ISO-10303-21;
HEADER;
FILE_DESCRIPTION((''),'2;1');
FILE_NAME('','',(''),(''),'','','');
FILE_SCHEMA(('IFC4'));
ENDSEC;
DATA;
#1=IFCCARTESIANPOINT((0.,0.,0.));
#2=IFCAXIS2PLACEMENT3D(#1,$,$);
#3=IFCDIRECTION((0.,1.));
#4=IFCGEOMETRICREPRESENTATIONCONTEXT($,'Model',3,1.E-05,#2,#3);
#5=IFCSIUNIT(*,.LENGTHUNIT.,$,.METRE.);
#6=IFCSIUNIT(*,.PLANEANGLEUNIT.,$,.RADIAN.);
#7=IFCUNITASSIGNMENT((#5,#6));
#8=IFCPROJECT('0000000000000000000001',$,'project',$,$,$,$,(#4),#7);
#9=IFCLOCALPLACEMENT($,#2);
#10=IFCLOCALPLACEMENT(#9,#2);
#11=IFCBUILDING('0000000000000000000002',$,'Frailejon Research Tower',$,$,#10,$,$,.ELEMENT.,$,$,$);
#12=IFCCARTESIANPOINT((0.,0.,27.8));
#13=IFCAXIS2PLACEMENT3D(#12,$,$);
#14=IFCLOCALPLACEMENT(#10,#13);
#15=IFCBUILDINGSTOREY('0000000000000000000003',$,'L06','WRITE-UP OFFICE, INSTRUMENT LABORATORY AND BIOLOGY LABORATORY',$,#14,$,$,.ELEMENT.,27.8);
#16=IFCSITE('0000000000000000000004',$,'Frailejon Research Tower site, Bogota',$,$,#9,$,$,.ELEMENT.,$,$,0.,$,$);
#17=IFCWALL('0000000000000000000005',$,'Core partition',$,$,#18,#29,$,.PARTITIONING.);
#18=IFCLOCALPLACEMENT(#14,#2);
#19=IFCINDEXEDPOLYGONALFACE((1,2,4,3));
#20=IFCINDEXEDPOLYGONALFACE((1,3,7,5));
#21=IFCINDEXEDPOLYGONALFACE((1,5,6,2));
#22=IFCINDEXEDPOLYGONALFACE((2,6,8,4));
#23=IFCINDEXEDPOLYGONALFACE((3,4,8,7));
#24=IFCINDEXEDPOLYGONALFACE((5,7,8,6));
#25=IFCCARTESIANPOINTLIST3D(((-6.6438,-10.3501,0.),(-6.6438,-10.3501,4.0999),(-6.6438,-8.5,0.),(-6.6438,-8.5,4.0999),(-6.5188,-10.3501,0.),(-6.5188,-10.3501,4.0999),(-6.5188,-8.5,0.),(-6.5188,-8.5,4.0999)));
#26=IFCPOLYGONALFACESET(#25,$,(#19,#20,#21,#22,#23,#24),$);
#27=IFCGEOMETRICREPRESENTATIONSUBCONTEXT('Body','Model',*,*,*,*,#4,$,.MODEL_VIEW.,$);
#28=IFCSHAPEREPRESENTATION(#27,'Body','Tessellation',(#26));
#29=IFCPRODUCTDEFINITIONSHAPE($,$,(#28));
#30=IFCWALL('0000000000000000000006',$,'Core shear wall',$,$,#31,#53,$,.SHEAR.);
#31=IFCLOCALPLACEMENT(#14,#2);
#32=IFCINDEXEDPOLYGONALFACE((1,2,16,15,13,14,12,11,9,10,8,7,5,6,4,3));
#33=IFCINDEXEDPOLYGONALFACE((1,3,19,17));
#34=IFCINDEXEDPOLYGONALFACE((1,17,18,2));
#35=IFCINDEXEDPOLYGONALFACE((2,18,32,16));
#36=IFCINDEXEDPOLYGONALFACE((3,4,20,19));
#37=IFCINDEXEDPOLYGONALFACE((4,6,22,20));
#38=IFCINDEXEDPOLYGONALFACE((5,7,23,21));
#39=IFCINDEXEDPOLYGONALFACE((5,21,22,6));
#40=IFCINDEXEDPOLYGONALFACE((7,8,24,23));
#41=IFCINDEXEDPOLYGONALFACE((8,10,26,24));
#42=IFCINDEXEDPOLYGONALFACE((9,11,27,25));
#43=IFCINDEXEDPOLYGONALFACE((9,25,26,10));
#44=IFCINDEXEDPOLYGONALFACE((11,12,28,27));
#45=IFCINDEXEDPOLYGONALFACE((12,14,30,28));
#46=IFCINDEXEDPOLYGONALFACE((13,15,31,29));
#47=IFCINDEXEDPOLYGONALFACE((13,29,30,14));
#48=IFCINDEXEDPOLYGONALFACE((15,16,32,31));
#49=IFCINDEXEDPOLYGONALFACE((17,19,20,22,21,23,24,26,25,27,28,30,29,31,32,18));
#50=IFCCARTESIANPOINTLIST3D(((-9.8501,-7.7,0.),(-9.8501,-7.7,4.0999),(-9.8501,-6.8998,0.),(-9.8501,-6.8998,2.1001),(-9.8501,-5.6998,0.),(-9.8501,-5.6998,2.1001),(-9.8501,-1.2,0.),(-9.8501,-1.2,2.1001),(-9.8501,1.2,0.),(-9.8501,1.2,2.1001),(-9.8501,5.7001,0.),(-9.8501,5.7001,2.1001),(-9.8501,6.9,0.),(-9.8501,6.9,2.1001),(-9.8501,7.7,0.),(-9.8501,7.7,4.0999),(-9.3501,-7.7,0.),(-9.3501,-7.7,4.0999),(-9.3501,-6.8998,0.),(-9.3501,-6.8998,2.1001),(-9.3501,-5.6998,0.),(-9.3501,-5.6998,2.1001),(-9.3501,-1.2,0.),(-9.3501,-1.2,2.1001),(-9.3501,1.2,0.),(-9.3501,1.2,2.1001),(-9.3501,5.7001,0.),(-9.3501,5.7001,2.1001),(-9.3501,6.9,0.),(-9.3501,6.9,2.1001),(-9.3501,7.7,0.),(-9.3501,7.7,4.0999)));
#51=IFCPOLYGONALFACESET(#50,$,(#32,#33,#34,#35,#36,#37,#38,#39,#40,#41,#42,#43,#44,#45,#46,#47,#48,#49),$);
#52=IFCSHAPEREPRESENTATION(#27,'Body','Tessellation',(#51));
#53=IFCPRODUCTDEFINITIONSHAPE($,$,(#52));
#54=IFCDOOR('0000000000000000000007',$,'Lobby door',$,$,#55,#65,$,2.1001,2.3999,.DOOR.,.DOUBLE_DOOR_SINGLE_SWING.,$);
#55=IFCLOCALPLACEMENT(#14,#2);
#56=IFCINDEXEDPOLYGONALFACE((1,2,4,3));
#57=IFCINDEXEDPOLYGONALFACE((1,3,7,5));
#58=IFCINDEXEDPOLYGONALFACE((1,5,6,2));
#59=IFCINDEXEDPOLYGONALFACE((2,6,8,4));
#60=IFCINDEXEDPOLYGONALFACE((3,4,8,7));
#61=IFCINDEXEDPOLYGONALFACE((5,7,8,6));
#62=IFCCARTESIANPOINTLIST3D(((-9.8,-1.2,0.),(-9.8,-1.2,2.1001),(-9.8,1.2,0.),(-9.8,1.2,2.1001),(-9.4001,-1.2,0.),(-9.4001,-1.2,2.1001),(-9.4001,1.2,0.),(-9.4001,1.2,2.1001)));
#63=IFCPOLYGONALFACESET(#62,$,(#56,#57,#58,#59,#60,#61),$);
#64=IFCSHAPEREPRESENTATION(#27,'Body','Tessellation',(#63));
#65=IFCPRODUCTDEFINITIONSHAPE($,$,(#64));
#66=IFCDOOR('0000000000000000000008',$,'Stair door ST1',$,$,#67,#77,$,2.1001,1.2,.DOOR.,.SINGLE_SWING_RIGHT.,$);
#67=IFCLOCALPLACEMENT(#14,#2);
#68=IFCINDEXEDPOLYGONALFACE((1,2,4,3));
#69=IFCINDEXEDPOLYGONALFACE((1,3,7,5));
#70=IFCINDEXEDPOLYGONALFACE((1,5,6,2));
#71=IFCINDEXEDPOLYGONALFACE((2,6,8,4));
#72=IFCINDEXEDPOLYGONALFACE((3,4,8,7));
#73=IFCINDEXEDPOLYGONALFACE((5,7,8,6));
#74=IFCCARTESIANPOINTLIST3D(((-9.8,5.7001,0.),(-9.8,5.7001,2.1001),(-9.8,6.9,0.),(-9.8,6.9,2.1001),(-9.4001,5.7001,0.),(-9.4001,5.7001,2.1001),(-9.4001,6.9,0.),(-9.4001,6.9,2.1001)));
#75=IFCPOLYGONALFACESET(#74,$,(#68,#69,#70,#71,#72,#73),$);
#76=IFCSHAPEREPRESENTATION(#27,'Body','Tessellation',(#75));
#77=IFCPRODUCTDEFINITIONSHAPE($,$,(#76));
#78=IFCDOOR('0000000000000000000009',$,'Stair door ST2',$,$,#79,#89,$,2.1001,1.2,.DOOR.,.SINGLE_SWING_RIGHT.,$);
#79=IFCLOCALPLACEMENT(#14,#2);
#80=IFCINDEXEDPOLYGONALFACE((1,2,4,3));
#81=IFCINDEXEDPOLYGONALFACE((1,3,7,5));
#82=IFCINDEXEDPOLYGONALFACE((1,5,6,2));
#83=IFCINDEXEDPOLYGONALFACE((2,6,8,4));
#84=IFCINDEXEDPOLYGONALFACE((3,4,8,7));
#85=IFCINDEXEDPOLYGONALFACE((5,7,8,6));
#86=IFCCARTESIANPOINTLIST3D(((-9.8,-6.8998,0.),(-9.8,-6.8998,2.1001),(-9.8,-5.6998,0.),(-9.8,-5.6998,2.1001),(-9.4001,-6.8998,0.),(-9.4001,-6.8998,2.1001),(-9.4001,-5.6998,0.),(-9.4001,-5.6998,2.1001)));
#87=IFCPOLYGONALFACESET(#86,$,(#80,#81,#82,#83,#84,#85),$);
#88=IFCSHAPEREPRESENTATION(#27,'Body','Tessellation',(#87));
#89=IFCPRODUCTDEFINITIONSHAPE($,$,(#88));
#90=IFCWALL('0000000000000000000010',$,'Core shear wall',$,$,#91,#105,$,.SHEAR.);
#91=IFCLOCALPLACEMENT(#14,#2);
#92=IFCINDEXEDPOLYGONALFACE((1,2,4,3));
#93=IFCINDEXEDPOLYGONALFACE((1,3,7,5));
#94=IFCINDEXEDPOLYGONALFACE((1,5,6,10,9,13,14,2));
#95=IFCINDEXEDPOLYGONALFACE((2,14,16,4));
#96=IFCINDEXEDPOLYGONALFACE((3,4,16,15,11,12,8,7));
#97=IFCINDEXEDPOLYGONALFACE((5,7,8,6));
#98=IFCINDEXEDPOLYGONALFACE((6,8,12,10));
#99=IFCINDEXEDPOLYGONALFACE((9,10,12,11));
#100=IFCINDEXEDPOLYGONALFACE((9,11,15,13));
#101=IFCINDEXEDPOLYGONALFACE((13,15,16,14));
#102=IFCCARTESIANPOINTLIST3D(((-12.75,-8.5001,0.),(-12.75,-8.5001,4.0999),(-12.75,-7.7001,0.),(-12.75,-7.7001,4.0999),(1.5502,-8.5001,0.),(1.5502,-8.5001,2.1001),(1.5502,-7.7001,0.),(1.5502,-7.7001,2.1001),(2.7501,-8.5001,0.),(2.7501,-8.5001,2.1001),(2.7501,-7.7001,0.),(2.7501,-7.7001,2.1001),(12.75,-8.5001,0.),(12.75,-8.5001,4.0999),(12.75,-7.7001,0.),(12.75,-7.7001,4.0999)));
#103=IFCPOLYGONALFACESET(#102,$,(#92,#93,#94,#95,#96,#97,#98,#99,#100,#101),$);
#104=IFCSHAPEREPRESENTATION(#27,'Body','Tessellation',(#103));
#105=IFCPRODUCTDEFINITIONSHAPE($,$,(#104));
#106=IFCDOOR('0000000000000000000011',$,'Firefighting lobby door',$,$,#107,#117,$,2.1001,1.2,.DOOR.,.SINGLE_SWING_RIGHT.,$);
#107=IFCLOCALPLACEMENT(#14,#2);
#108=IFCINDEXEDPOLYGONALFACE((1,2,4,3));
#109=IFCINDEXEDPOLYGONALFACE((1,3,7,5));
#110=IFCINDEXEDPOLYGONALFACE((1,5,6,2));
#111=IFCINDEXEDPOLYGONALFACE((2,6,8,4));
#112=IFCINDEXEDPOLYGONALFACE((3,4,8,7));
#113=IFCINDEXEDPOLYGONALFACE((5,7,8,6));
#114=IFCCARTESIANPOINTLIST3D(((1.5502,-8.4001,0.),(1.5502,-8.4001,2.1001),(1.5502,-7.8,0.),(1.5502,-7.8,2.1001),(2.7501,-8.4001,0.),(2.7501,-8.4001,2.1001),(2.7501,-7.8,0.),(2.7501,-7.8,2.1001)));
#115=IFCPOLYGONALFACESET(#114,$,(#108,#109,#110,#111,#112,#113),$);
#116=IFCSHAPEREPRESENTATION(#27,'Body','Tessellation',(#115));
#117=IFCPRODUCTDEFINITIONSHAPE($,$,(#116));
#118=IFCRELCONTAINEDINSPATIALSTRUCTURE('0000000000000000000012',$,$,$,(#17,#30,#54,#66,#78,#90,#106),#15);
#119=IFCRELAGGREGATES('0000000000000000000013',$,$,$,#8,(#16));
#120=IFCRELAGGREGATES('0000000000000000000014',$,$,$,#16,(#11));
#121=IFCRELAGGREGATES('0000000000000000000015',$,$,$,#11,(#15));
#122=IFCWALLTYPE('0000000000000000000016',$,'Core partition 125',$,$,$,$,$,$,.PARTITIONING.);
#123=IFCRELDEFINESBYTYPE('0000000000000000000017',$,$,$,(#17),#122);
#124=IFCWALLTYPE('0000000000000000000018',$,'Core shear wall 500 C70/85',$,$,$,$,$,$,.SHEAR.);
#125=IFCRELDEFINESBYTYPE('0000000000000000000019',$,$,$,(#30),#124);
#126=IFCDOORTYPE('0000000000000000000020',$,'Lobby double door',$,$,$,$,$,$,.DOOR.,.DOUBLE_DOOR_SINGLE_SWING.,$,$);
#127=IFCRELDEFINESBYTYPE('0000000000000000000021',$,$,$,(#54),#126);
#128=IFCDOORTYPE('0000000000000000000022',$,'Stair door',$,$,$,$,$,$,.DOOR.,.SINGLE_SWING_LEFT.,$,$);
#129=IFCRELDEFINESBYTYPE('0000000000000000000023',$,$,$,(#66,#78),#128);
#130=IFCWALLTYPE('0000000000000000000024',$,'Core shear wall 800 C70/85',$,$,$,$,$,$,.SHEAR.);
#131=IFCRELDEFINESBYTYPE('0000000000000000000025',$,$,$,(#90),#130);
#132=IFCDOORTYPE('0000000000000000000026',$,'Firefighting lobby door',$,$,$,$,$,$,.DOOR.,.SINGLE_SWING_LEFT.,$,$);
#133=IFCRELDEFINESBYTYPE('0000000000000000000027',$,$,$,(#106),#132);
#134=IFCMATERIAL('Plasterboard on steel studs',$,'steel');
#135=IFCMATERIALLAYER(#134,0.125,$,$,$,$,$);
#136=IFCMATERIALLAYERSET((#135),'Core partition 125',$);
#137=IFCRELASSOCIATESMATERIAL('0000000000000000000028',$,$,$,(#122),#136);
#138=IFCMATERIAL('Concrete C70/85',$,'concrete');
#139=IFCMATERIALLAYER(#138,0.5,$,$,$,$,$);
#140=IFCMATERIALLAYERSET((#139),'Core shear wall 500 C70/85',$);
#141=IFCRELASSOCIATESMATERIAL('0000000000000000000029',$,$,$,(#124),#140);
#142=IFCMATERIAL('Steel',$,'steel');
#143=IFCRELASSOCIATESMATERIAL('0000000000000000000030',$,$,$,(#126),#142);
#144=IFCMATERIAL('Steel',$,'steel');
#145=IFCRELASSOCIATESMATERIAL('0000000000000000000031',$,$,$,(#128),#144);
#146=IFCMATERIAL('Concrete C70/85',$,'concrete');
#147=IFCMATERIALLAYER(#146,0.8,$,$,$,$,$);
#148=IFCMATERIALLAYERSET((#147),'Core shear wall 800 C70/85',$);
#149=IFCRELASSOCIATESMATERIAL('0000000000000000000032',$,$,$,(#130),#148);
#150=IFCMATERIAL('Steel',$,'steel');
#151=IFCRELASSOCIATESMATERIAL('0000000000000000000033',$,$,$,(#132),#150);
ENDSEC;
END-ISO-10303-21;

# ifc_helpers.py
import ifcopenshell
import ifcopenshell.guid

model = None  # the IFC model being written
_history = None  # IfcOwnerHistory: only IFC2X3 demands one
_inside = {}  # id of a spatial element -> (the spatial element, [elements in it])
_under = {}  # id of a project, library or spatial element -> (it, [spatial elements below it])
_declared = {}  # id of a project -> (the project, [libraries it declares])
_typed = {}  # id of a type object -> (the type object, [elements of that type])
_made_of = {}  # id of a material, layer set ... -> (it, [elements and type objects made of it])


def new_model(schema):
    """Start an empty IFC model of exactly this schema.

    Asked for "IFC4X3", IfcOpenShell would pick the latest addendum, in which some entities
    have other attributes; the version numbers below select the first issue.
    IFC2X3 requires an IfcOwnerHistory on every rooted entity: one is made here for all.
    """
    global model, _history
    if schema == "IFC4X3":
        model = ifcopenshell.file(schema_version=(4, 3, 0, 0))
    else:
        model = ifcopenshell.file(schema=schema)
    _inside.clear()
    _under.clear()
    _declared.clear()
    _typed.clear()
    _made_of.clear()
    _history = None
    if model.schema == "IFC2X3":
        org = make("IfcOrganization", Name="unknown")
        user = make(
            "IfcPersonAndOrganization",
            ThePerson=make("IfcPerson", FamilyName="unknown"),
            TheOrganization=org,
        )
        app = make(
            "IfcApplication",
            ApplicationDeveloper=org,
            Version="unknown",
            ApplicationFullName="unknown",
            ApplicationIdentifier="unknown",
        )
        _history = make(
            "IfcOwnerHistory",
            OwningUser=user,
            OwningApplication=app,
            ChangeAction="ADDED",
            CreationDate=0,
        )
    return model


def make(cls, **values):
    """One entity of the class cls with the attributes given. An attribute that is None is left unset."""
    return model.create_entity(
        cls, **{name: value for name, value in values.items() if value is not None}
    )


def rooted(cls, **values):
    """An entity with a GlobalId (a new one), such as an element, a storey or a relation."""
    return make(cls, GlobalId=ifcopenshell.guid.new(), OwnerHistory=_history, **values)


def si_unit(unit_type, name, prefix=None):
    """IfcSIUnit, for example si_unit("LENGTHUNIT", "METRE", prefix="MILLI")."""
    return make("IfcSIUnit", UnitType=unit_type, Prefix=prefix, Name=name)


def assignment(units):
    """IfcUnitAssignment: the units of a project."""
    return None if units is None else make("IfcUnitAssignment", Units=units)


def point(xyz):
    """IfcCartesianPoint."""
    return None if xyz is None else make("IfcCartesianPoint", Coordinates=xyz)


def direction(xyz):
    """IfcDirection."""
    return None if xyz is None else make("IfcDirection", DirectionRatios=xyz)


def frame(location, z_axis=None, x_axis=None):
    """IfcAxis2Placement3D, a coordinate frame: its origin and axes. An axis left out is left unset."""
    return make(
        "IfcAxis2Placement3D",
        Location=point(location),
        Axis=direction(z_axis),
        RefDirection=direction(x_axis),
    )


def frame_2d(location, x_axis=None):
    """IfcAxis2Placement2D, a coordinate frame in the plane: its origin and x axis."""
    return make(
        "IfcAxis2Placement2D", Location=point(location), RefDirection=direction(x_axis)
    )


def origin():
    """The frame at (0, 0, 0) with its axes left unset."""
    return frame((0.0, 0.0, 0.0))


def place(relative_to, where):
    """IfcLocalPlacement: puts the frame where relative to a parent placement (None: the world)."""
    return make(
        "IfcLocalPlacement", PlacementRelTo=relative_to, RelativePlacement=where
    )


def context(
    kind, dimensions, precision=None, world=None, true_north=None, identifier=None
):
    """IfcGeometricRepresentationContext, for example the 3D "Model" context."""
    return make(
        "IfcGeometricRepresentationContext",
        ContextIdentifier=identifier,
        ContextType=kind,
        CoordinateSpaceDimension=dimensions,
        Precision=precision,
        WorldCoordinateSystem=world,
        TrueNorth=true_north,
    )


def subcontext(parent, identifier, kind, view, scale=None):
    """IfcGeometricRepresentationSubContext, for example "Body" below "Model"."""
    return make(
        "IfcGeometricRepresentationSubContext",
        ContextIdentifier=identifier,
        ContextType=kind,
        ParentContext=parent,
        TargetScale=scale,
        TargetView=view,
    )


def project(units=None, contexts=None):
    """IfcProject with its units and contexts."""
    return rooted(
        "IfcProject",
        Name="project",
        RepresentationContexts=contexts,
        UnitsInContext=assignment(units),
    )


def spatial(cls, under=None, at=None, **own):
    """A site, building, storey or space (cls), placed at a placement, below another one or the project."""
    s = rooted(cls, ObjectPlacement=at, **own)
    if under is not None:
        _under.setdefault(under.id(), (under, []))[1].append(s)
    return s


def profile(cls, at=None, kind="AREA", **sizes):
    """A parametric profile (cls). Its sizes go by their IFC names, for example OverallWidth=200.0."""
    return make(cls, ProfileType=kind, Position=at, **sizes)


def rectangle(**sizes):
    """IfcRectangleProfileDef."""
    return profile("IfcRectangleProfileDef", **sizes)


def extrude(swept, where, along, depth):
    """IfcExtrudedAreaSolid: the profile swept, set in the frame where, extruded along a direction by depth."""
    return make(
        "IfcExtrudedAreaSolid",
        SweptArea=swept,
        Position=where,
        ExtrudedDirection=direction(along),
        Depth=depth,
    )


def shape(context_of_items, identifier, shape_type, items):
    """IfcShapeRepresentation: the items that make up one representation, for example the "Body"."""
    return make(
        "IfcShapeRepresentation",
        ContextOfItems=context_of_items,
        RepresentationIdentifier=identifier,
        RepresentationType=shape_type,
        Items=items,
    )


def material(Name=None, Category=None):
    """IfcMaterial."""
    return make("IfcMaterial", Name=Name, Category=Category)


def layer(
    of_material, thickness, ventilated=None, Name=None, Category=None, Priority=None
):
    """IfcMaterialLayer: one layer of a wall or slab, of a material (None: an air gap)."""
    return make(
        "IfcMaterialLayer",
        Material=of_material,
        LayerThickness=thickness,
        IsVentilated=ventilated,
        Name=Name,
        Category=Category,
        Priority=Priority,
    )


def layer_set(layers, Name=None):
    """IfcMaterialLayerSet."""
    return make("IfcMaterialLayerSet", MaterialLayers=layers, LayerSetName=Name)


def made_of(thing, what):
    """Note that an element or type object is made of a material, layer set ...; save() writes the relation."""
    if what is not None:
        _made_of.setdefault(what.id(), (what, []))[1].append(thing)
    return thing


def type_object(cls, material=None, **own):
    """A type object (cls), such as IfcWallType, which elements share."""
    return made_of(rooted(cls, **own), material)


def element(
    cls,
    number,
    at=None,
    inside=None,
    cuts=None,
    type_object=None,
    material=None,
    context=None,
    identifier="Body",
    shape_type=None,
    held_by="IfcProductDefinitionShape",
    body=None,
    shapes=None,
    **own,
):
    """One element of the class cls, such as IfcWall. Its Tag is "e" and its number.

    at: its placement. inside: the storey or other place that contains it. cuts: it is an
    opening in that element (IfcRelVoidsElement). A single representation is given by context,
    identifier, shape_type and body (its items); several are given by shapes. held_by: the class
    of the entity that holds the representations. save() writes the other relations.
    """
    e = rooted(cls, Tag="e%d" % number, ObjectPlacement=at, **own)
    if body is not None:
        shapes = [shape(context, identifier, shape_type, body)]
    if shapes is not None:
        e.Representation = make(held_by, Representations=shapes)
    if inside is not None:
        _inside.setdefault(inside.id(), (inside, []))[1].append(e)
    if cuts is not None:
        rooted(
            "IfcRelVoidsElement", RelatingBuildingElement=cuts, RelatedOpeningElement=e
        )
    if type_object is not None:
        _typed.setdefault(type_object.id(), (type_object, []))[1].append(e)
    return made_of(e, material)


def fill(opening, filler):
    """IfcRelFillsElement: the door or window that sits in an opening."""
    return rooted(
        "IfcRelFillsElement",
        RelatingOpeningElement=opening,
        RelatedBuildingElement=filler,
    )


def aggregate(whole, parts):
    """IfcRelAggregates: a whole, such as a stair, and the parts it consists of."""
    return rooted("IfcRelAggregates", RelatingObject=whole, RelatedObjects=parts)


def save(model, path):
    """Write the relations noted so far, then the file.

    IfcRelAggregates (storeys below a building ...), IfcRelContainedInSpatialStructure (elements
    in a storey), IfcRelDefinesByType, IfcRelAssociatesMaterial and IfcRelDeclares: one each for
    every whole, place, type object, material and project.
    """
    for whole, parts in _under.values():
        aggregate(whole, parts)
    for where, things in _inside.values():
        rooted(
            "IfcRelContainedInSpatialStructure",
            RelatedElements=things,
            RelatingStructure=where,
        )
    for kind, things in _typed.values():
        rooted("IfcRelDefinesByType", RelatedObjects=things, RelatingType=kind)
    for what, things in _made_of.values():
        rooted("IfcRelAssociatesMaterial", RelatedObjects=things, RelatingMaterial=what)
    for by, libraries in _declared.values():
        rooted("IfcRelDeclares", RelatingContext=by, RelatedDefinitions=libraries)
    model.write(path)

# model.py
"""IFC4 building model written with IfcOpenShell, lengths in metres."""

from ifc_helpers import new_model, si_unit, direction, frame, frame_2d, origin, place, context, subcontext, project, spatial, rectangle, extrude, material, layer, layer_set, type_object, element, fill, save


model = new_model("IFC4")

# Units and contexts
model_context = context("Model", 3, precision=1e-05, world=origin(), true_north=direction((0.0, 1.0)))
body_context = subcontext(model_context, "Body", "Model", "MODEL_VIEW")
ifc_project = project(units=[si_unit("LENGTHUNIT", "METRE"), si_unit("PLANEANGLEUNIT", "RADIAN")], contexts=[model_context])

# Site, building, storey
site_placement = place(None, origin())
site = spatial("IfcSite", under=ifc_project, at=site_placement, Name="Frailejon Research Tower site, Bogota", CompositionType="ELEMENT", RefElevation=0.0)
building_placement = place(site_placement, origin())
building = spatial("IfcBuilding", under=site, at=building_placement, Name="Frailejon Research Tower", CompositionType="ELEMENT")
storey_placement = place(building_placement, frame((0.0, 0.0, 27.8)))
storey = spatial("IfcBuildingStorey", under=building, at=storey_placement, Name="L06", Description="WRITE-UP OFFICE, INSTRUMENT LABORATORY AND BIOLOGY LABORATORY", CompositionType="ELEMENT", Elevation=27.8)

# Wall
ifc_material_1 = material(Name="Plasterboard on steel studs", Category="steel")
ifc_layer_1 = layer(ifc_material_1, 0.125)
ifc_layer_set_1 = layer_set([ifc_layer_1], Name="Core partition 125")
wall_type_1 = type_object("IfcWallType", Name="Core partition 125", PredefinedType="PARTITIONING", material=ifc_layer_set_1)
wall_1_placement = place(storey_placement, frame((-6.5813, -10.3501, 0.0), z_axis=(0.0, 0.0, 1.0), x_axis=(0.0, 1.0, 0.0)))
element("IfcWall", 1, at=wall_1_placement, inside=storey, type_object=wall_type_1, Name="Core partition", PredefinedType="PARTITIONING", context=body_context, shape_type="SweptSolid", body=[
    extrude(rectangle(XDim=1.8501, YDim=0.125, at=frame_2d((0.925, 0.0))), origin(), (0.0, 0.0, 1.0), 4.0999),
])

# Wall, openings, doors
ifc_material_2 = material(Name="Concrete C70/85", Category="concrete")
ifc_layer_2 = layer(ifc_material_2, 0.5)
ifc_layer_set_2 = layer_set([ifc_layer_2], Name="Core shear wall 500 C70/85")
wall_type_2 = type_object("IfcWallType", Name="Core shear wall 500 C70/85", PredefinedType="SHEAR", material=ifc_layer_set_2)
wall_2_placement = place(storey_placement, frame((-9.6001, -7.7, 0.0), z_axis=(0.0, 0.0, 1.0), x_axis=(0.0, 1.0, 0.0)))
wall_2 = element("IfcWall", 2, at=wall_2_placement, inside=storey, type_object=wall_type_2, Name="Core shear wall", PredefinedType="SHEAR", context=body_context, shape_type="SweptSolid", body=[
    extrude(rectangle(XDim=15.3999, YDim=0.5, at=frame_2d((7.7, 0.0))), origin(), (0.0, 0.0, 1.0), 4.0999),
])
opening_1_placement = place(wall_2_placement, frame((6.5, 0.0, 0.0)))
opening_1 = element("IfcOpeningElement", 3, at=opening_1_placement, cuts=wall_2, PredefinedType="OPENING", context=body_context, shape_type="SweptSolid", body=[
    extrude(rectangle(XDim=2.3999, YDim=2.1001, at=frame_2d((1.2, 1.05))), frame((0.0, 0.26, 0.0), z_axis=(0.0, -1.0, 0.0), x_axis=(1.0, 0.0, 0.0)), (0.0, 0.0, 1.0), 0.52),
])
opening_2_placement = place(wall_2_placement, frame((13.3999, 0.0, 0.0)))
opening_2 = element("IfcOpeningElement", 4, at=opening_2_placement, cuts=wall_2, PredefinedType="OPENING", context=body_context, shape_type="SweptSolid", body=[
    extrude(rectangle(XDim=1.2, YDim=2.1001, at=frame_2d((0.6001, 1.05))), frame((0.0, 0.26, 0.0), z_axis=(0.0, -1.0, 0.0), x_axis=(1.0, 0.0, 0.0)), (0.0, 0.0, 1.0), 0.52),
])
opening_3_placement = place(wall_2_placement, frame((0.8, 0.0, 0.0)))
opening_3 = element("IfcOpeningElement", 5, at=opening_3_placement, cuts=wall_2, PredefinedType="OPENING", context=body_context, shape_type="SweptSolid", body=[
    extrude(rectangle(XDim=1.2, YDim=2.1001, at=frame_2d((0.6001, 1.05))), frame((0.0, 0.26, 0.0), z_axis=(0.0, -1.0, 0.0), x_axis=(1.0, 0.0, 0.0)), (0.0, 0.0, 1.0), 0.52),
])
ifc_material_3 = material(Name="Steel", Category="steel")
door_type_1 = type_object("IfcDoorType", Name="Lobby double door", OperationType="DOUBLE_DOOR_SINGLE_SWING", PredefinedType="DOOR", material=ifc_material_3)
door_1_placement = place(opening_1_placement, origin())
door_1 = element("IfcDoor", 6, at=door_1_placement, inside=storey, type_object=door_type_1, Name="Lobby door", OperationType="DOUBLE_DOOR_SINGLE_SWING", OverallHeight=2.1001, OverallWidth=2.3999, PredefinedType="DOOR", context=body_context, shape_type="SweptSolid", body=[
    extrude(rectangle(XDim=2.3999, YDim=2.1001, at=frame_2d((1.2, 1.05))), frame((0.0, 0.2, 0.0), z_axis=(0.0, -1.0, 0.0), x_axis=(1.0, 0.0, 0.0)), (0.0, 0.0, 1.0), 0.3999),
])
fill(opening_1, door_1)
ifc_material_4 = material(Name="Steel", Category="steel")
door_type_2 = type_object("IfcDoorType", Name="Stair door", OperationType="SINGLE_SWING_LEFT", PredefinedType="DOOR", material=ifc_material_4)
door_2_placement = place(opening_2_placement, origin())
door_2 = element("IfcDoor", 7, at=door_2_placement, inside=storey, type_object=door_type_2, Name="Stair door ST1", OperationType="SINGLE_SWING_RIGHT", OverallHeight=2.1001, OverallWidth=1.2, PredefinedType="DOOR", context=body_context, shape_type="SweptSolid", body=[
    extrude(rectangle(XDim=1.2, YDim=2.1001, at=frame_2d((0.6001, 1.05))), frame((0.0, 0.2, 0.0), z_axis=(0.0, -1.0, 0.0), x_axis=(1.0, 0.0, 0.0)), (0.0, 0.0, 1.0), 0.3999),
])
fill(opening_2, door_2)
door_3_placement = place(opening_3_placement, origin())
door_3 = element("IfcDoor", 8, at=door_3_placement, inside=storey, type_object=door_type_2, Name="Stair door ST2", OperationType="SINGLE_SWING_RIGHT", OverallHeight=2.1001, OverallWidth=1.2, PredefinedType="DOOR", context=body_context, shape_type="SweptSolid", body=[
    extrude(rectangle(XDim=1.2, YDim=2.1001, at=frame_2d((0.6001, 1.05))), frame((0.0, 0.2, 0.0), z_axis=(0.0, -1.0, 0.0), x_axis=(1.0, 0.0, 0.0)), (0.0, 0.0, 1.0), 0.3999),
])
fill(opening_3, door_3)

# Wall, opening, door
ifc_material_5 = material(Name="Concrete C70/85", Category="concrete")
ifc_layer_3 = layer(ifc_material_5, 0.8)
ifc_layer_set_3 = layer_set([ifc_layer_3], Name="Core shear wall 800 C70/85")
wall_type_3 = type_object("IfcWallType", Name="Core shear wall 800 C70/85", PredefinedType="SHEAR", material=ifc_layer_set_3)
wall_3_placement = place(storey_placement, frame((-12.75, -8.1001, 0.0), z_axis=(0.0, 0.0, 1.0), x_axis=(1.0, 0.0, 0.0)))
wall_3 = element("IfcWall", 9, at=wall_3_placement, inside=storey, type_object=wall_type_3, Name="Core shear wall", PredefinedType="SHEAR", context=body_context, shape_type="SweptSolid", body=[
    extrude(rectangle(XDim=25.5, YDim=0.8, at=frame_2d((12.75, 0.0))), origin(), (0.0, 0.0, 1.0), 4.0999),
])
opening_4_placement = place(wall_3_placement, frame((14.3, 0.0, 0.0)))
opening_4 = element("IfcOpeningElement", 10, at=opening_4_placement, cuts=wall_3, PredefinedType="OPENING", context=body_context, shape_type="SweptSolid", body=[
    extrude(rectangle(XDim=1.2, YDim=2.1001, at=frame_2d((0.6001, 1.05))), frame((0.0, 0.4099, 0.0), z_axis=(0.0, -1.0, 0.0), x_axis=(1.0, 0.0, 0.0)), (0.0, 0.0, 1.0), 0.8201),
])
ifc_material_6 = material(Name="Steel", Category="steel")
door_type_3 = type_object("IfcDoorType", Name="Firefighting lobby door", OperationType="SINGLE_SWING_LEFT", PredefinedType="DOOR", material=ifc_material_6)
door_4_placement = place(opening_4_placement, origin())
door_4 = element("IfcDoor", 11, at=door_4_placement, inside=storey, type_object=door_type_3, Name="Firefighting lobby door", OperationType="SINGLE_SWING_RIGHT", OverallHeight=2.1001, OverallWidth=1.2, PredefinedType="DOOR", context=body_context, shape_type="SweptSolid", body=[
    extrude(rectangle(XDim=1.2, YDim=2.1001, at=frame_2d((0.6001, 1.05))), frame((0.0, 0.3, 0.0), z_axis=(0.0, -1.0, 0.0), x_axis=(1.0, 0.0, 0.0)), (0.0, 0.0, 1.0), 0.6001),
])
fill(opening_4, door_4)

save(model, "model.ifc")
